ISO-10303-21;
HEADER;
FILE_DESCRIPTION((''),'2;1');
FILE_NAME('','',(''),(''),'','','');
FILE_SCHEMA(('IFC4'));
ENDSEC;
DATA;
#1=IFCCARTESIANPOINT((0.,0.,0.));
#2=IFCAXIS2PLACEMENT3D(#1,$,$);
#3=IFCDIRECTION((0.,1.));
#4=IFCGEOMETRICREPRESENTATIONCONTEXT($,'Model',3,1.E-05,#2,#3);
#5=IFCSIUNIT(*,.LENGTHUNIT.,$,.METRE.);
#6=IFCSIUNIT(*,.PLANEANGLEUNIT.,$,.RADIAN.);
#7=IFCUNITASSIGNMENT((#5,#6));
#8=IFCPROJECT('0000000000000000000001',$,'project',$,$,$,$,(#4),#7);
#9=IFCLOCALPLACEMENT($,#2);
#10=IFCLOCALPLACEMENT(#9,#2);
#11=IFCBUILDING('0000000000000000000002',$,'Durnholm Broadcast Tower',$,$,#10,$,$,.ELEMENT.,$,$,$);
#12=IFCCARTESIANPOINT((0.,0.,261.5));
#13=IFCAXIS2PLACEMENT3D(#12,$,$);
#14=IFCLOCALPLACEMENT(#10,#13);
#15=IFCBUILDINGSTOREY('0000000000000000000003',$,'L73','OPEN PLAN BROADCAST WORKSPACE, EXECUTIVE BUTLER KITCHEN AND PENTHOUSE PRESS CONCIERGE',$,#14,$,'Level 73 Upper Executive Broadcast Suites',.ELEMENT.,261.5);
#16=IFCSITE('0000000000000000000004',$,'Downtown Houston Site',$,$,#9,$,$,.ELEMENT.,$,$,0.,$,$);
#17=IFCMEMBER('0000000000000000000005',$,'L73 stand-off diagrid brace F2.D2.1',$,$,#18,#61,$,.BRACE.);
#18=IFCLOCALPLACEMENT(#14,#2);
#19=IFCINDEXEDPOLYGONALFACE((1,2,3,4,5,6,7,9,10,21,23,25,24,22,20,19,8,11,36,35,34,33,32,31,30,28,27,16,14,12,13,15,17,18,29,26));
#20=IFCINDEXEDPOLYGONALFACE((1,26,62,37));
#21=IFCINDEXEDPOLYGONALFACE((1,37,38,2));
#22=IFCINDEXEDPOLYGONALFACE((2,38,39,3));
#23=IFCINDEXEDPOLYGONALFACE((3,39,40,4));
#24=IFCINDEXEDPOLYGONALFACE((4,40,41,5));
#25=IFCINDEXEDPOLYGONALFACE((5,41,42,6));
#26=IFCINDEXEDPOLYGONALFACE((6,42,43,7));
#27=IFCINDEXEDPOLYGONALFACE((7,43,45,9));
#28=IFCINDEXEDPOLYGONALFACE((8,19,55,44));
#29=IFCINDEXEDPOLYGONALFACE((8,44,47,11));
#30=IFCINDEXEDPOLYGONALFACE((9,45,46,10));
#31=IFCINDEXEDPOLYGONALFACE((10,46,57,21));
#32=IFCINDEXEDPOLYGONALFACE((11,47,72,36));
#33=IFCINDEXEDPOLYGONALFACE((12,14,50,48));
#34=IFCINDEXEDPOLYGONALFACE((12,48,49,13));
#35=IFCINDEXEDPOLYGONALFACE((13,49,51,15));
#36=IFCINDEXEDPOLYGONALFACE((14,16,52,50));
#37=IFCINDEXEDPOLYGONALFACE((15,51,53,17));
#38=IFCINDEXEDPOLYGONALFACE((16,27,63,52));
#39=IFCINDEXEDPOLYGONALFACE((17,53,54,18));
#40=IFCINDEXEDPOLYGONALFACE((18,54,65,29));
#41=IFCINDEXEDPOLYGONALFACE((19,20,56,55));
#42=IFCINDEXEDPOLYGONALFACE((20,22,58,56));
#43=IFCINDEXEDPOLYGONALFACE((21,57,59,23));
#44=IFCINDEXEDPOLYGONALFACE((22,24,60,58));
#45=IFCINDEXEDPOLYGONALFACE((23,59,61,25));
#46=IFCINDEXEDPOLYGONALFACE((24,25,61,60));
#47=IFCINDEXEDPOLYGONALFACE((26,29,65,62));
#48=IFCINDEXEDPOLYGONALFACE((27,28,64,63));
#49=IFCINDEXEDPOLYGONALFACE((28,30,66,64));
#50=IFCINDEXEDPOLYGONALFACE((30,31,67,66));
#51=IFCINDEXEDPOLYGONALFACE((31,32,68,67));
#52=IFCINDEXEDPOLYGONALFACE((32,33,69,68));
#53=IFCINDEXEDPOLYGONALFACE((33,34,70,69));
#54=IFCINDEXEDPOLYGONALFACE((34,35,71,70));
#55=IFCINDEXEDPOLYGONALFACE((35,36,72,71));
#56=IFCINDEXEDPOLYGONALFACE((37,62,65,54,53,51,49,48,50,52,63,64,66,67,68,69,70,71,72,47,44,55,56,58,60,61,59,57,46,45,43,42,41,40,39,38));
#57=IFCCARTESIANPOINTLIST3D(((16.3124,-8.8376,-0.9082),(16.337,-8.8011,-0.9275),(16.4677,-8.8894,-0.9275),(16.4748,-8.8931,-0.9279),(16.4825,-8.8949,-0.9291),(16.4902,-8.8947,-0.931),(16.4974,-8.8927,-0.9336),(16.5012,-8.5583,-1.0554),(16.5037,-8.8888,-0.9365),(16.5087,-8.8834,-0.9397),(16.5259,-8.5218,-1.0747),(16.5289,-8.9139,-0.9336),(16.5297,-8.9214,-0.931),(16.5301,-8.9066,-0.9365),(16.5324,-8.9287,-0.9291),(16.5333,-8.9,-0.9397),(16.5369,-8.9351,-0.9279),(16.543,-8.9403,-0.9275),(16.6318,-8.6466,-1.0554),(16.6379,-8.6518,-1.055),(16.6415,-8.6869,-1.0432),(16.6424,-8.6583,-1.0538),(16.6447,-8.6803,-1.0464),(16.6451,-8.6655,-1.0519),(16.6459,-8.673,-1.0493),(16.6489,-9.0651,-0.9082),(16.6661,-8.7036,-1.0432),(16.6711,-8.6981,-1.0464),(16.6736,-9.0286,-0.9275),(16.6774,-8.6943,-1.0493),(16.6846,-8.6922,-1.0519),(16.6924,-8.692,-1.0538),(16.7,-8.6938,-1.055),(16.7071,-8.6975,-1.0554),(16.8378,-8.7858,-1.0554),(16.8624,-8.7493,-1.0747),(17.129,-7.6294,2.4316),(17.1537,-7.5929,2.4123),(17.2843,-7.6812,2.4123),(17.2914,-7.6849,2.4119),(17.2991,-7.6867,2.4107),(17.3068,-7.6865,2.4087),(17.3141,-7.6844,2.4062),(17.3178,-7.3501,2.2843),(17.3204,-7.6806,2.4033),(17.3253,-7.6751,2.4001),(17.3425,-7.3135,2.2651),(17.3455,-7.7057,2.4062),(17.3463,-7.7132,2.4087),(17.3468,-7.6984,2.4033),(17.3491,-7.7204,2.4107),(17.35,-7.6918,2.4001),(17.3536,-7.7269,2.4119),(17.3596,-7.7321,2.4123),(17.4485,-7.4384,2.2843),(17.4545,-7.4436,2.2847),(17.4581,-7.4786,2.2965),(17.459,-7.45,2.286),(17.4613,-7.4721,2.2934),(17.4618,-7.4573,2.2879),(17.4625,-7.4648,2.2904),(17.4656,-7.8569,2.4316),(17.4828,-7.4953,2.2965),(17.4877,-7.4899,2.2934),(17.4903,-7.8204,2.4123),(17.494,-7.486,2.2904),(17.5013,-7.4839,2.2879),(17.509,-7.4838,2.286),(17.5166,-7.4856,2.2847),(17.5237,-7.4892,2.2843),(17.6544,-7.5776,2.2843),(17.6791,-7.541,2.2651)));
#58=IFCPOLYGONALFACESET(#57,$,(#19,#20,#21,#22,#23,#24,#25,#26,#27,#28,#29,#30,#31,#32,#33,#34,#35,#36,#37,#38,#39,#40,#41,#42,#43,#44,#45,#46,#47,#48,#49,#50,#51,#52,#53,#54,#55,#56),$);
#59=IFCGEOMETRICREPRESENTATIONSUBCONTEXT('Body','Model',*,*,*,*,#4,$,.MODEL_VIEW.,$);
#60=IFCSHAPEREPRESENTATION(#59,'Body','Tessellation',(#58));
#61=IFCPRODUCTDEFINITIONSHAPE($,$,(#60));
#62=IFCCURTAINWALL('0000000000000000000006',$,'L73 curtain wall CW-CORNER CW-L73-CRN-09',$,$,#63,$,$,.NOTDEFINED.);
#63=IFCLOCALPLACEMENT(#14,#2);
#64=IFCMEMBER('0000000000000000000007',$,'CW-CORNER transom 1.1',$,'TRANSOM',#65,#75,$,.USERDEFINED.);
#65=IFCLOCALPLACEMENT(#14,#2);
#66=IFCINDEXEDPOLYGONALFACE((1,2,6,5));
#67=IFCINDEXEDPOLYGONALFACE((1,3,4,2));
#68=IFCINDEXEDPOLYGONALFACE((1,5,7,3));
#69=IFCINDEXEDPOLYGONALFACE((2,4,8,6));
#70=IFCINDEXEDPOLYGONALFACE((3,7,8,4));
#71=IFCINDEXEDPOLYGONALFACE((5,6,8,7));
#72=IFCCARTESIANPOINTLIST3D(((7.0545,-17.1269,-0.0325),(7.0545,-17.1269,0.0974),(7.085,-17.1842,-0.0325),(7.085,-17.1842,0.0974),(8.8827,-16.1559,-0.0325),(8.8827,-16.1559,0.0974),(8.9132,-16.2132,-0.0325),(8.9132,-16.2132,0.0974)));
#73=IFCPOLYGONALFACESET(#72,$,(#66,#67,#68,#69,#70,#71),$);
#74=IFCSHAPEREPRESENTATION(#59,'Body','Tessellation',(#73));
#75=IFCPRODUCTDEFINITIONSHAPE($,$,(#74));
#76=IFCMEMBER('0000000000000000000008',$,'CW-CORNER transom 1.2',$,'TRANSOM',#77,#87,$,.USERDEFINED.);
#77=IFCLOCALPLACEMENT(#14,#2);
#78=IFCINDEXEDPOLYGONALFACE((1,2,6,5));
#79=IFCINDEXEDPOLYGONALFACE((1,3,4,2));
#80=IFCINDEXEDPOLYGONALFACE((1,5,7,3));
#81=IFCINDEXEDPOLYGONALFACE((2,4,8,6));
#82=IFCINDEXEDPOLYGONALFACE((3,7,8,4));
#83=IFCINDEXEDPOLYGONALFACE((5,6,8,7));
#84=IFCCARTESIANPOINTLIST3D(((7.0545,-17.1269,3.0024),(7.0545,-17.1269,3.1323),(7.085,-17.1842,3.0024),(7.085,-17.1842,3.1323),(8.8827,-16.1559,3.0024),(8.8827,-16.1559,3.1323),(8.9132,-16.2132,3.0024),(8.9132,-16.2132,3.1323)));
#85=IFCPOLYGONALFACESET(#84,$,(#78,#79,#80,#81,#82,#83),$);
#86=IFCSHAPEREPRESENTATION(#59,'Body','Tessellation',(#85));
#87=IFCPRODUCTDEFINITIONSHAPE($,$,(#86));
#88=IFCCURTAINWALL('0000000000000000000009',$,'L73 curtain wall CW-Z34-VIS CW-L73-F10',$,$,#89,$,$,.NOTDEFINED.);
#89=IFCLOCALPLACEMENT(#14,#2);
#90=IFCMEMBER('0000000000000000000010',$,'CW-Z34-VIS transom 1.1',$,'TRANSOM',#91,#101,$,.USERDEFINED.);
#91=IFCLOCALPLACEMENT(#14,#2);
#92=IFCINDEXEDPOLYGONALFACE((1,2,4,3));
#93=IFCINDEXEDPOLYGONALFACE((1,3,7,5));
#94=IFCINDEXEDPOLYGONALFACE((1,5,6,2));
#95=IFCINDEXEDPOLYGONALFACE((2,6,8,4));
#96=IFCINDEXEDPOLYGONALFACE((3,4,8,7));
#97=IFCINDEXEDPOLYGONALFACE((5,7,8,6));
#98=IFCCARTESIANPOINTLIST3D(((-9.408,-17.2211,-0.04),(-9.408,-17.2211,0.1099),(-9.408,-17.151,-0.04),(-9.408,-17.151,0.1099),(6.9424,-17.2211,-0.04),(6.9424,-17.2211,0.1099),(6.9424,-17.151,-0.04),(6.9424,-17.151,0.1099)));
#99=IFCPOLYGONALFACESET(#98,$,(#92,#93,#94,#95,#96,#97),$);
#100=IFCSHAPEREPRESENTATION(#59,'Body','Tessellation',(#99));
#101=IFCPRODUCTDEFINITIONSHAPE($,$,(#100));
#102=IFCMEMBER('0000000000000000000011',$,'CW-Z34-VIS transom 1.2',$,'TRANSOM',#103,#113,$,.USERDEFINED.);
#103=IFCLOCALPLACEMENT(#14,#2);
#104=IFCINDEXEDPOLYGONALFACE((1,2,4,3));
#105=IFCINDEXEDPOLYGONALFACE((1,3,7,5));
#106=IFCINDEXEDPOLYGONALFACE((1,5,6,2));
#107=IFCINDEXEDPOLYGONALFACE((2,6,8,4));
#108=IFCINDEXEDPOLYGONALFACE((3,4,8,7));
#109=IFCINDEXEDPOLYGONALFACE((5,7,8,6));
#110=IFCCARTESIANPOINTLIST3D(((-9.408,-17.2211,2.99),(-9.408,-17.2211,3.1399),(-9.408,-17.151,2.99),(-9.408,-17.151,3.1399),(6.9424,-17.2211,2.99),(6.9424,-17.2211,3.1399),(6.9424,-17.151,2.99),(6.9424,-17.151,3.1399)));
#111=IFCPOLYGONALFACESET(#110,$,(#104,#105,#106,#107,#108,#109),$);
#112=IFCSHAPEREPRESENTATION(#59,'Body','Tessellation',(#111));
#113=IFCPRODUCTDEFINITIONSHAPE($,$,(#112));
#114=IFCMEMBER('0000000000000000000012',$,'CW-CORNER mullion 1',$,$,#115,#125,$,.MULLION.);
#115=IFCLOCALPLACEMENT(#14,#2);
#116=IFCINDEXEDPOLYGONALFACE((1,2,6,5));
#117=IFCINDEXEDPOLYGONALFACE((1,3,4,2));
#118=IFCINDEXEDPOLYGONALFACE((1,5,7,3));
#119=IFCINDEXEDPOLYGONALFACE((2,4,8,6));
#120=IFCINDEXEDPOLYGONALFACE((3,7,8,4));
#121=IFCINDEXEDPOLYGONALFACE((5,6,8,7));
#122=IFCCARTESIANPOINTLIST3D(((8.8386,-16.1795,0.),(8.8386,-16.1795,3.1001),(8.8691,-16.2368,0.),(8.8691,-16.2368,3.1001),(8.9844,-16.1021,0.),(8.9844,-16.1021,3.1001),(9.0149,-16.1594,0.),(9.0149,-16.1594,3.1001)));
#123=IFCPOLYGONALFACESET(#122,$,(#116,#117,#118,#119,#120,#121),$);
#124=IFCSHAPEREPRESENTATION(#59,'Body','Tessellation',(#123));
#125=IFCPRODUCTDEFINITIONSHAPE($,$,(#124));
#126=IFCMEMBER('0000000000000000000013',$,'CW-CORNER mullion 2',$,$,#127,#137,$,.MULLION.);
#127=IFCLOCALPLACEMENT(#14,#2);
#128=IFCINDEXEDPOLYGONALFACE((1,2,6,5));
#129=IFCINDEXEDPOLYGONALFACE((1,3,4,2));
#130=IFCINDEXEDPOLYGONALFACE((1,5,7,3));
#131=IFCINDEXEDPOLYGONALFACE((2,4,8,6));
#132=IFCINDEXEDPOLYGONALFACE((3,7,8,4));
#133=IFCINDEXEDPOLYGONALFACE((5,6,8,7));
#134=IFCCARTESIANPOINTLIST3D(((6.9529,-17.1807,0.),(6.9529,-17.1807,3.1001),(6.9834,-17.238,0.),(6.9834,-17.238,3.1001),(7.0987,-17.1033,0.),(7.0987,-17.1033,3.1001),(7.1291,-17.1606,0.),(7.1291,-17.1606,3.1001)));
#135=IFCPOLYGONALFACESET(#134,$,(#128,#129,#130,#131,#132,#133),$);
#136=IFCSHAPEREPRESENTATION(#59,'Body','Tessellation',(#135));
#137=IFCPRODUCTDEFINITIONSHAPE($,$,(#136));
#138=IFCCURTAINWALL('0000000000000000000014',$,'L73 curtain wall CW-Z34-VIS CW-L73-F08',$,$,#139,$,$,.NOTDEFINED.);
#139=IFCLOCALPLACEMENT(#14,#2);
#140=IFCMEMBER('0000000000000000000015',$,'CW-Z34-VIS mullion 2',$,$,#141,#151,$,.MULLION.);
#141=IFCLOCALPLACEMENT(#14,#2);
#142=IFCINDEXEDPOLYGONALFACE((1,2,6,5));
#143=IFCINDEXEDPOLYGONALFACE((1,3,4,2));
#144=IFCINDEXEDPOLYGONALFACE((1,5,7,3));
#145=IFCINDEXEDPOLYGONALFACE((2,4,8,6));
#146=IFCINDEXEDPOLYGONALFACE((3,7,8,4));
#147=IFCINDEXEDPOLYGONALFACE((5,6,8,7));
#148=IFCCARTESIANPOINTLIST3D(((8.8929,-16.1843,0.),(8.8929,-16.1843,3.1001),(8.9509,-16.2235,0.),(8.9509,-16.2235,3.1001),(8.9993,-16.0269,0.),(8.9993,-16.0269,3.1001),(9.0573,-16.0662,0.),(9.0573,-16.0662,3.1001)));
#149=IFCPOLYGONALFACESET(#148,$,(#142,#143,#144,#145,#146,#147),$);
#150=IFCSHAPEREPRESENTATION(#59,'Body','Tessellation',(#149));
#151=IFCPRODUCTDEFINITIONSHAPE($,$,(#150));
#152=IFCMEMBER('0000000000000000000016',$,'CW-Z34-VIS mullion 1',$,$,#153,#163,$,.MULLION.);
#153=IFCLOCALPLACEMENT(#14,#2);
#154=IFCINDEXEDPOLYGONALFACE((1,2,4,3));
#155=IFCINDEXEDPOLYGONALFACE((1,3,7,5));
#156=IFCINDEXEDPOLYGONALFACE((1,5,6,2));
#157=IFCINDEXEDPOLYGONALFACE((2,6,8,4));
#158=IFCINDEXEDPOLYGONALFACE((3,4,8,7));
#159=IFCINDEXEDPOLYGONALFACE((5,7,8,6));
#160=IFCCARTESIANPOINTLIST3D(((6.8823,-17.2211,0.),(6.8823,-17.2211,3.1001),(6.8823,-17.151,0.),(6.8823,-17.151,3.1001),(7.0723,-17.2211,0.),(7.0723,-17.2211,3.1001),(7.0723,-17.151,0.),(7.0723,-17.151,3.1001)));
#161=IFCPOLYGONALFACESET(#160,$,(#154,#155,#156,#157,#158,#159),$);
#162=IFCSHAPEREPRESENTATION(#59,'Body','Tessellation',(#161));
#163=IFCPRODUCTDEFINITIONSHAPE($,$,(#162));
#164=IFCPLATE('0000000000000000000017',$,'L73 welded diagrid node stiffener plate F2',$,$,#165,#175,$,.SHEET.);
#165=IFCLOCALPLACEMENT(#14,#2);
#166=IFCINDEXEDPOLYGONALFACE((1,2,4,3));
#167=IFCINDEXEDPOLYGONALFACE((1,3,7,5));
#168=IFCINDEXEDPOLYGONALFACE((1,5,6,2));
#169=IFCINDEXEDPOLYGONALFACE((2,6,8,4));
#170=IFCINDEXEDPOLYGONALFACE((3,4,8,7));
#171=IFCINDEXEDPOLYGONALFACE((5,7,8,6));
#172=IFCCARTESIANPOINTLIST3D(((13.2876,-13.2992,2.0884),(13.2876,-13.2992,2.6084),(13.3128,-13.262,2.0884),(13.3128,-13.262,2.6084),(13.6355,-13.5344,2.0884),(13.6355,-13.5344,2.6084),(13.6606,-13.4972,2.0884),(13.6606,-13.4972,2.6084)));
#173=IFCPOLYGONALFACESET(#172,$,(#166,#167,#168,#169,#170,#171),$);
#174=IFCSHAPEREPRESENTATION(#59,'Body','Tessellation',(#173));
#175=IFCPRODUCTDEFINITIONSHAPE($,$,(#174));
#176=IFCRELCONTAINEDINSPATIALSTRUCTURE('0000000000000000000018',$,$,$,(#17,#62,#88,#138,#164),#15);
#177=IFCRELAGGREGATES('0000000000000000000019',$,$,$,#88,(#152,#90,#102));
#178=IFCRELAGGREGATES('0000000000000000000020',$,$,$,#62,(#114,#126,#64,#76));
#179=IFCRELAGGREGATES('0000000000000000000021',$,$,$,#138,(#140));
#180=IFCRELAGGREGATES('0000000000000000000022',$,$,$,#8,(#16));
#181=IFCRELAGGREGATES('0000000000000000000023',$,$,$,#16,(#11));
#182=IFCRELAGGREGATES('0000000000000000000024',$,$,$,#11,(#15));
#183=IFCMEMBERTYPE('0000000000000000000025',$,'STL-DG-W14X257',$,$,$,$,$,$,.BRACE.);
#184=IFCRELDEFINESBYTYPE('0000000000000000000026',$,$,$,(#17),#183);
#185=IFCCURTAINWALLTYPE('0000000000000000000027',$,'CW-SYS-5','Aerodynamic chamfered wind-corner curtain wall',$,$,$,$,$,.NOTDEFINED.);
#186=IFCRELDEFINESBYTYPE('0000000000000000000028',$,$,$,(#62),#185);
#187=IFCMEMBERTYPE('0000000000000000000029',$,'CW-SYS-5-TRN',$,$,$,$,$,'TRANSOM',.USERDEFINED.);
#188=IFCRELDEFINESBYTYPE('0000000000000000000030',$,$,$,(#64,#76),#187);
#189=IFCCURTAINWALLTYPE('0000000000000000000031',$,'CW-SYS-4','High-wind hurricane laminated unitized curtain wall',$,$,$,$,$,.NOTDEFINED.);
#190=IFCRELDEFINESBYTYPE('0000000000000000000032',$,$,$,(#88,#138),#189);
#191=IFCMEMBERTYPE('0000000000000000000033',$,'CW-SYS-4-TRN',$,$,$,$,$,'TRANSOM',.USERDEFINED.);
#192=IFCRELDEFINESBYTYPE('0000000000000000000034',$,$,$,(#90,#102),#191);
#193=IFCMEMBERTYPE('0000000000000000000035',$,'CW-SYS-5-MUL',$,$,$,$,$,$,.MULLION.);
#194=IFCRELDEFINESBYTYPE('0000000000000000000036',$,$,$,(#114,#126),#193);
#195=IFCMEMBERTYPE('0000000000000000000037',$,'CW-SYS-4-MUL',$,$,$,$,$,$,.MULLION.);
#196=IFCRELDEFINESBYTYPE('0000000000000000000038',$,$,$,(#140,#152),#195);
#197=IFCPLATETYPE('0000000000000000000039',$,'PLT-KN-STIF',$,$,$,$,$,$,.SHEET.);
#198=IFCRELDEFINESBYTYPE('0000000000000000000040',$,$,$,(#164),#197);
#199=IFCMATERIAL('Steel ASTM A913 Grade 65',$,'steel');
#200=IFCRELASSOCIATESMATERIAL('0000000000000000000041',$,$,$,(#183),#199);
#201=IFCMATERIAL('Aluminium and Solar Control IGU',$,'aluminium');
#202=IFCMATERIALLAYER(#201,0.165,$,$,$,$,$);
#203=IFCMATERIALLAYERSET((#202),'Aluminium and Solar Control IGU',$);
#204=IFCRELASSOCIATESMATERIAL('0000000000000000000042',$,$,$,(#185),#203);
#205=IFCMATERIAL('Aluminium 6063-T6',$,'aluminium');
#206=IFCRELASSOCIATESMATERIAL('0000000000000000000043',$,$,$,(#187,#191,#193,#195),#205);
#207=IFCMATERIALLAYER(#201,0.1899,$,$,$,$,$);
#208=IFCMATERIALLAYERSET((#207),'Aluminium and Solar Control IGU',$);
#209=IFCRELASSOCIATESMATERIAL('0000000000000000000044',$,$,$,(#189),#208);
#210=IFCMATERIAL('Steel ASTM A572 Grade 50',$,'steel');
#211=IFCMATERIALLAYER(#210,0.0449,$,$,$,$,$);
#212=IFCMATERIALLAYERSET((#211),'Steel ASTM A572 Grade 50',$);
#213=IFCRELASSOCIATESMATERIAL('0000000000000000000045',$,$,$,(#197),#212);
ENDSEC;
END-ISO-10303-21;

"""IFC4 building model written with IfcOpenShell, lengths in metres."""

from ifc_helpers import new_model, si_unit, direction, frame, origin, origin_2d, place, context, subcontext, project, spatial, rectangle, i_section, extrude, source, transform, mapped, material, layer, layer_set, material_profile, profile_set, type_object, type_shapes, element, aggregate, save


model = new_model("IFC4")

# Units and contexts
model_context = context("Model", 3, precision=1e-05, world=origin(), true_north=direction((0.0, 1.0)))
body_context = subcontext(model_context, "Body", "Model", "MODEL_VIEW")
ifc_project = project(units=[si_unit("LENGTHUNIT", "METRE"), si_unit("PLANEANGLEUNIT", "RADIAN")], contexts=[model_context])

# Site, building, storey
site_placement = place(None, origin())
site = spatial("IfcSite", under=ifc_project, at=site_placement, Name="Downtown Houston Site", CompositionType="ELEMENT", RefElevation=0.0)
building_placement = place(site_placement, origin())
building = spatial("IfcBuilding", under=site, at=building_placement, Name="Durnholm Broadcast Tower", CompositionType="ELEMENT")
storey_placement = place(building_placement, frame((0.0, 0.0, 261.5)))
storey = spatial("IfcBuildingStorey", under=building, at=storey_placement, Name="L73", Description="OPEN PLAN BROADCAST WORKSPACE, EXECUTIVE BUTLER KITCHEN AND PENTHOUSE PRESS CONCIERGE", LongName="Level 73 Upper Executive Broadcast Suites", CompositionType="ELEMENT", Elevation=261.5)

# Member
ifc_material_1 = material(Name="Steel ASTM A913 Grade 65", Category="steel")
ifc_material_profile_1 = material_profile(ifc_material_1, i_section(OverallWidth=0.4062, OverallDepth=0.416, WebThickness=0.0298, FlangeThickness=0.0481, FilletRadius=0.0305, at=origin_2d()), Name="W14X257")
ifc_profile_set_1 = profile_set([ifc_material_profile_1], Name="Steel ASTM A913 Grade 65")
member_type_1 = type_object("IfcMemberType", Name="STL-DG-W14X257", PredefinedType="BRACE", material=ifc_profile_set_1)
shared_shape_1 = source(origin(), body_context, "Body", "SweptSolid", [
    extrude(i_section(OverallWidth=0.4062, OverallDepth=0.416, WebThickness=0.0298, FlangeThickness=0.0481, FilletRadius=0.0305, at=origin_2d()), origin(), (0.0, 0.0, 1.0), 3.6443),
])
type_shapes(member_type_1, [shared_shape_1])
for number, where, z_axis, x_axis, name in (
    (1, (16.5874, -8.7935, -0.9915), (0.224086, 0.33154, 0.916442), (-0.828505, 0.559982, 0.0), "L73 stand-off diagrid brace F2.D2.1"),
):
    element("IfcMember", number, at=place(storey_placement, frame(where, z_axis=z_axis, x_axis=x_axis)), inside=storey, type_object=member_type_1, Name=name, PredefinedType="BRACE", context=body_context, shape_type="MappedRepresentation", body=[
        mapped(shared_shape_1, transform((0.0, 0.0, 0.0), x_axis=(1.0, 0.0, 0.0), y_axis=(0.0, 1.0, 0.0), z_axis=(0.0, 0.0, 1.0), scale=1.0)),
    ])

# Curtain walls, members
ifc_material_2 = material(Name="Aluminium and Solar Control IGU", Category="aluminium")
ifc_layer_1 = layer(ifc_material_2, 0.165)
ifc_layer_set_1 = layer_set([ifc_layer_1], Name="Aluminium and Solar Control IGU")
curtain_wall_type_1 = type_object("IfcCurtainWallType", Name="CW-SYS-5", Description="Aerodynamic chamfered wind-corner curtain wall", PredefinedType="NOTDEFINED", material=ifc_layer_set_1)
curtain_wall_1_placement = place(storey_placement, origin())
curtain_wall_1 = element("IfcCurtainWall", 2, at=curtain_wall_1_placement, inside=storey, type_object=curtain_wall_type_1, Name="L73 curtain wall CW-CORNER CW-L73-CRN-09", PredefinedType="NOTDEFINED")
ifc_material_3 = material(Name="Aluminium 6063-T6", Category="aluminium")
ifc_material_profile_2 = material_profile(ifc_material_3, rectangle(XDim=0.0649, YDim=0.1299, at=origin_2d()), Name="CWT65X130")
ifc_profile_set_2 = profile_set([ifc_material_profile_2], Name="Aluminium 6063-T6")
member_type_2 = type_object("IfcMemberType", Name="CW-SYS-5-TRN", ElementType="TRANSOM", PredefinedType="USERDEFINED", material=ifc_profile_set_2)
shared_shape_2 = source(origin(), body_context, "Body", "SweptSolid", [
    extrude(rectangle(XDim=0.0649, YDim=0.1299, at=origin_2d()), origin(), (0.0, 0.0, 1.0), 2.0701),
])
type_shapes(member_type_2, [shared_shape_2])
member_1_placement = place(storey_placement, frame((8.8979, -16.1846, 0.0325), z_axis=(-0.883165, -0.469063, 0.0), x_axis=(0.469063, -0.883165, 0.0)))
member_1 = element("IfcMember", 3, at=member_1_placement, type_object=member_type_2, Name="CW-CORNER transom 1.1", ObjectType="TRANSOM", PredefinedType="USERDEFINED", context=body_context, shape_type="MappedRepresentation", body=[
    mapped(shared_shape_2, transform((0.0, 0.0, 0.0), x_axis=(1.0, 0.0, 0.0), y_axis=(0.0, 1.0, 0.0), z_axis=(0.0, 0.0, 1.0), scale=1.0)),
])
member_2_placement = place(storey_placement, frame((8.8979, -16.1846, 3.0674), z_axis=(-0.883165, -0.469063, 0.0), x_axis=(0.469063, -0.883165, 0.0)))
member_2 = element("IfcMember", 4, at=member_2_placement, type_object=member_type_2, Name="CW-CORNER transom 1.2", ObjectType="TRANSOM", PredefinedType="USERDEFINED", context=body_context, shape_type="MappedRepresentation", body=[
    mapped(shared_shape_2, transform((0.0, 0.0, 0.0), x_axis=(1.0, 0.0, 0.0), y_axis=(0.0, 1.0, 0.0), z_axis=(0.0, 0.0, 1.0), scale=1.0)),
])
ifc_layer_2 = layer(ifc_material_2, 0.1899)
ifc_layer_set_2 = layer_set([ifc_layer_2], Name="Aluminium and Solar Control IGU")
curtain_wall_type_2 = type_object("IfcCurtainWallType", Name="CW-SYS-4", Description="High-wind hurricane laminated unitized curtain wall", PredefinedType="NOTDEFINED", material=ifc_layer_set_2)
curtain_wall_2_placement = place(storey_placement, origin())
curtain_wall_2 = element("IfcCurtainWall", 5, at=curtain_wall_2_placement, inside=storey, type_object=curtain_wall_type_2, Name="L73 curtain wall CW-Z34-VIS CW-L73-F10", PredefinedType="NOTDEFINED")
ifc_material_profile_3 = material_profile(ifc_material_3, rectangle(XDim=0.0701, YDim=0.1499, at=origin_2d()), Name="CWT70X150")
ifc_profile_set_3 = profile_set([ifc_material_profile_3], Name="Aluminium 6063-T6")
member_type_3 = type_object("IfcMemberType", Name="CW-SYS-4-TRN", ElementType="TRANSOM", PredefinedType="USERDEFINED", material=ifc_profile_set_3)
shared_shape_3 = source(origin(), body_context, "Body", "SweptSolid", [
    extrude(rectangle(XDim=0.0701, YDim=0.1499, at=origin_2d()), origin(), (0.0, 0.0, 1.0), 16.3503),
])
type_shapes(member_type_3, [shared_shape_3])
member_3_placement = place(storey_placement, frame((6.9424, -17.186, 0.0349), z_axis=(-1.0, 0.0, 0.0), x_axis=(0.0, -1.0, 0.0)))
member_3 = element("IfcMember", 6, at=member_3_placement, type_object=member_type_3, Name="CW-Z34-VIS transom 1.1", ObjectType="TRANSOM", PredefinedType="USERDEFINED", context=body_context, shape_type="MappedRepresentation", body=[
    mapped(shared_shape_3, transform((0.0, 0.0, 0.0), x_axis=(1.0, 0.0, 0.0), y_axis=(0.0, 1.0, 0.0), z_axis=(0.0, 0.0, 1.0), scale=1.0)),
])
member_4_placement = place(storey_placement, frame((6.9424, -17.186, 3.0649), z_axis=(-1.0, 0.0, 0.0), x_axis=(0.0, -1.0, 0.0)))
member_4 = element("IfcMember", 7, at=member_4_placement, type_object=member_type_3, Name="CW-Z34-VIS transom 1.2", ObjectType="TRANSOM", PredefinedType="USERDEFINED", context=body_context, shape_type="MappedRepresentation", body=[
    mapped(shared_shape_3, transform((0.0, 0.0, 0.0), x_axis=(1.0, 0.0, 0.0), y_axis=(0.0, 1.0, 0.0), z_axis=(0.0, 0.0, 1.0), scale=1.0)),
])

# Members
ifc_material_profile_4 = material_profile(ifc_material_3, rectangle(XDim=0.0649, YDim=0.165, at=origin_2d()), Name="CWM65X165")
ifc_profile_set_4 = profile_set([ifc_material_profile_4], Name="Aluminium 6063-T6")
member_type_4 = type_object("IfcMemberType", Name="CW-SYS-5-MUL", PredefinedType="MULLION", material=ifc_profile_set_4)
shared_shape_4 = source(origin(), body_context, "Body", "SweptSolid", [
    extrude(rectangle(XDim=0.0649, YDim=0.165, at=origin_2d()), origin(), (0.0, 0.0, 1.0), 3.1001),
])
type_shapes(member_type_4, [shared_shape_4])
member_5_placement = place(storey_placement, frame((8.9268, -16.1694, 0.0), z_axis=(0.0, 0.0, 1.0), x_axis=(0.469007, -0.883195, 0.0)))
member_5 = element("IfcMember", 8, at=member_5_placement, type_object=member_type_4, Name="CW-CORNER mullion 1", PredefinedType="MULLION", context=body_context, shape_type="MappedRepresentation", body=[
    mapped(shared_shape_4, transform((0.0, 0.0, 0.0), x_axis=(1.0, 0.0, 0.0), y_axis=(0.0, 1.0, 0.0), z_axis=(0.0, 0.0, 1.0), scale=1.0)),
])
member_6_placement = place(storey_placement, frame((7.041, -17.1707, 0.0), z_axis=(0.0, 0.0, 1.0), x_axis=(0.469007, -0.883195, 0.0)))
member_6 = element("IfcMember", 9, at=member_6_placement, type_object=member_type_4, Name="CW-CORNER mullion 2", PredefinedType="MULLION", context=body_context, shape_type="MappedRepresentation", body=[
    mapped(shared_shape_4, transform((0.0, 0.0, 0.0), x_axis=(1.0, 0.0, 0.0), y_axis=(0.0, 1.0, 0.0), z_axis=(0.0, 0.0, 1.0), scale=1.0)),
])

# Curtain wall, member
curtain_wall_3_placement = place(storey_placement, origin())
curtain_wall_3 = element("IfcCurtainWall", 10, at=curtain_wall_3_placement, inside=storey, type_object=curtain_wall_type_2, Name="L73 curtain wall CW-Z34-VIS CW-L73-F08", PredefinedType="NOTDEFINED")
ifc_material_profile_5 = material_profile(ifc_material_3, rectangle(XDim=0.0701, YDim=0.1899, at=origin_2d()), Name="CWM70X190")
ifc_profile_set_5 = profile_set([ifc_material_profile_5], Name="Aluminium 6063-T6")
member_type_5 = type_object("IfcMemberType", Name="CW-SYS-4-MUL", PredefinedType="MULLION", material=ifc_profile_set_5)
shared_shape_5 = source(origin(), body_context, "Body", "SweptSolid", [
    extrude(rectangle(XDim=0.0701, YDim=0.1899, at=origin_2d()), origin(), (0.0, 0.0, 1.0), 3.1001),
])
type_shapes(member_type_5, [shared_shape_5])
member_7_placement = place(storey_placement, frame((8.9751, -16.1252, 0.0), z_axis=(0.0, 0.0, 1.0), x_axis=(0.828443, -0.560073, 0.0)))
member_7 = element("IfcMember", 11, at=member_7_placement, type_object=member_type_5, Name="CW-Z34-VIS mullion 2", PredefinedType="MULLION", context=body_context, shape_type="MappedRepresentation", body=[
    mapped(shared_shape_5, transform((0.0, 0.0, 0.0), x_axis=(1.0, 0.0, 0.0), y_axis=(0.0, 1.0, 0.0), z_axis=(0.0, 0.0, 1.0), scale=1.0)),
])

# Member
member_8_placement = place(storey_placement, frame((6.9773, -17.186, 0.0), z_axis=(0.0, 0.0, 1.0), x_axis=(0.0, -1.0, 0.0)))
member_8 = element("IfcMember", 12, at=member_8_placement, type_object=member_type_5, Name="CW-Z34-VIS mullion 1", PredefinedType="MULLION", context=body_context, shape_type="MappedRepresentation", body=[
    mapped(shared_shape_5, transform((0.0, 0.0, 0.0), x_axis=(1.0, 0.0, 0.0), y_axis=(0.0, 1.0, 0.0), z_axis=(0.0, 0.0, 1.0), scale=1.0)),
])
aggregate(curtain_wall_2, [member_8, member_3, member_4])

# Plate
ifc_material_4 = material(Name="Steel ASTM A572 Grade 50", Category="steel")
ifc_layer_3 = layer(ifc_material_4, 0.0449)
ifc_layer_set_3 = layer_set([ifc_layer_3], Name="Steel ASTM A572 Grade 50")
plate_type_1 = type_object("IfcPlateType", Name="PLT-KN-STIF", PredefinedType="SHEET", material=ifc_layer_set_3)
shared_shape_6 = source(origin(), body_context, "Body", "SweptSolid", [
    extrude(rectangle(XDim=0.0449, YDim=0.4199, at=origin_2d()), origin(), (0.0, 0.0, 1.0), 0.52),
])
type_shapes(plate_type_1, [shared_shape_6])
plate_1_placement = place(storey_placement, frame((13.4741, -13.3982, 2.0884), z_axis=(0.0, 0.0, 1.0), x_axis=(0.560061, 0.828452, 0.0)))
element("IfcPlate", 13, at=plate_1_placement, inside=storey, type_object=plate_type_1, Name="L73 welded diagrid node stiffener plate F2", PredefinedType="SHEET", context=body_context, shape_type="MappedRepresentation", body=[
    mapped(shared_shape_6, transform((0.0, 0.0, 0.0), x_axis=(1.0, 0.0, 0.0), y_axis=(0.0, 1.0, 0.0), z_axis=(0.0, 0.0, 1.0), scale=1.0)),
])

aggregate(curtain_wall_1, [member_5, member_6, member_1, member_2])
aggregate(curtain_wall_3, [member_7])

save(model, "model.ifc")
